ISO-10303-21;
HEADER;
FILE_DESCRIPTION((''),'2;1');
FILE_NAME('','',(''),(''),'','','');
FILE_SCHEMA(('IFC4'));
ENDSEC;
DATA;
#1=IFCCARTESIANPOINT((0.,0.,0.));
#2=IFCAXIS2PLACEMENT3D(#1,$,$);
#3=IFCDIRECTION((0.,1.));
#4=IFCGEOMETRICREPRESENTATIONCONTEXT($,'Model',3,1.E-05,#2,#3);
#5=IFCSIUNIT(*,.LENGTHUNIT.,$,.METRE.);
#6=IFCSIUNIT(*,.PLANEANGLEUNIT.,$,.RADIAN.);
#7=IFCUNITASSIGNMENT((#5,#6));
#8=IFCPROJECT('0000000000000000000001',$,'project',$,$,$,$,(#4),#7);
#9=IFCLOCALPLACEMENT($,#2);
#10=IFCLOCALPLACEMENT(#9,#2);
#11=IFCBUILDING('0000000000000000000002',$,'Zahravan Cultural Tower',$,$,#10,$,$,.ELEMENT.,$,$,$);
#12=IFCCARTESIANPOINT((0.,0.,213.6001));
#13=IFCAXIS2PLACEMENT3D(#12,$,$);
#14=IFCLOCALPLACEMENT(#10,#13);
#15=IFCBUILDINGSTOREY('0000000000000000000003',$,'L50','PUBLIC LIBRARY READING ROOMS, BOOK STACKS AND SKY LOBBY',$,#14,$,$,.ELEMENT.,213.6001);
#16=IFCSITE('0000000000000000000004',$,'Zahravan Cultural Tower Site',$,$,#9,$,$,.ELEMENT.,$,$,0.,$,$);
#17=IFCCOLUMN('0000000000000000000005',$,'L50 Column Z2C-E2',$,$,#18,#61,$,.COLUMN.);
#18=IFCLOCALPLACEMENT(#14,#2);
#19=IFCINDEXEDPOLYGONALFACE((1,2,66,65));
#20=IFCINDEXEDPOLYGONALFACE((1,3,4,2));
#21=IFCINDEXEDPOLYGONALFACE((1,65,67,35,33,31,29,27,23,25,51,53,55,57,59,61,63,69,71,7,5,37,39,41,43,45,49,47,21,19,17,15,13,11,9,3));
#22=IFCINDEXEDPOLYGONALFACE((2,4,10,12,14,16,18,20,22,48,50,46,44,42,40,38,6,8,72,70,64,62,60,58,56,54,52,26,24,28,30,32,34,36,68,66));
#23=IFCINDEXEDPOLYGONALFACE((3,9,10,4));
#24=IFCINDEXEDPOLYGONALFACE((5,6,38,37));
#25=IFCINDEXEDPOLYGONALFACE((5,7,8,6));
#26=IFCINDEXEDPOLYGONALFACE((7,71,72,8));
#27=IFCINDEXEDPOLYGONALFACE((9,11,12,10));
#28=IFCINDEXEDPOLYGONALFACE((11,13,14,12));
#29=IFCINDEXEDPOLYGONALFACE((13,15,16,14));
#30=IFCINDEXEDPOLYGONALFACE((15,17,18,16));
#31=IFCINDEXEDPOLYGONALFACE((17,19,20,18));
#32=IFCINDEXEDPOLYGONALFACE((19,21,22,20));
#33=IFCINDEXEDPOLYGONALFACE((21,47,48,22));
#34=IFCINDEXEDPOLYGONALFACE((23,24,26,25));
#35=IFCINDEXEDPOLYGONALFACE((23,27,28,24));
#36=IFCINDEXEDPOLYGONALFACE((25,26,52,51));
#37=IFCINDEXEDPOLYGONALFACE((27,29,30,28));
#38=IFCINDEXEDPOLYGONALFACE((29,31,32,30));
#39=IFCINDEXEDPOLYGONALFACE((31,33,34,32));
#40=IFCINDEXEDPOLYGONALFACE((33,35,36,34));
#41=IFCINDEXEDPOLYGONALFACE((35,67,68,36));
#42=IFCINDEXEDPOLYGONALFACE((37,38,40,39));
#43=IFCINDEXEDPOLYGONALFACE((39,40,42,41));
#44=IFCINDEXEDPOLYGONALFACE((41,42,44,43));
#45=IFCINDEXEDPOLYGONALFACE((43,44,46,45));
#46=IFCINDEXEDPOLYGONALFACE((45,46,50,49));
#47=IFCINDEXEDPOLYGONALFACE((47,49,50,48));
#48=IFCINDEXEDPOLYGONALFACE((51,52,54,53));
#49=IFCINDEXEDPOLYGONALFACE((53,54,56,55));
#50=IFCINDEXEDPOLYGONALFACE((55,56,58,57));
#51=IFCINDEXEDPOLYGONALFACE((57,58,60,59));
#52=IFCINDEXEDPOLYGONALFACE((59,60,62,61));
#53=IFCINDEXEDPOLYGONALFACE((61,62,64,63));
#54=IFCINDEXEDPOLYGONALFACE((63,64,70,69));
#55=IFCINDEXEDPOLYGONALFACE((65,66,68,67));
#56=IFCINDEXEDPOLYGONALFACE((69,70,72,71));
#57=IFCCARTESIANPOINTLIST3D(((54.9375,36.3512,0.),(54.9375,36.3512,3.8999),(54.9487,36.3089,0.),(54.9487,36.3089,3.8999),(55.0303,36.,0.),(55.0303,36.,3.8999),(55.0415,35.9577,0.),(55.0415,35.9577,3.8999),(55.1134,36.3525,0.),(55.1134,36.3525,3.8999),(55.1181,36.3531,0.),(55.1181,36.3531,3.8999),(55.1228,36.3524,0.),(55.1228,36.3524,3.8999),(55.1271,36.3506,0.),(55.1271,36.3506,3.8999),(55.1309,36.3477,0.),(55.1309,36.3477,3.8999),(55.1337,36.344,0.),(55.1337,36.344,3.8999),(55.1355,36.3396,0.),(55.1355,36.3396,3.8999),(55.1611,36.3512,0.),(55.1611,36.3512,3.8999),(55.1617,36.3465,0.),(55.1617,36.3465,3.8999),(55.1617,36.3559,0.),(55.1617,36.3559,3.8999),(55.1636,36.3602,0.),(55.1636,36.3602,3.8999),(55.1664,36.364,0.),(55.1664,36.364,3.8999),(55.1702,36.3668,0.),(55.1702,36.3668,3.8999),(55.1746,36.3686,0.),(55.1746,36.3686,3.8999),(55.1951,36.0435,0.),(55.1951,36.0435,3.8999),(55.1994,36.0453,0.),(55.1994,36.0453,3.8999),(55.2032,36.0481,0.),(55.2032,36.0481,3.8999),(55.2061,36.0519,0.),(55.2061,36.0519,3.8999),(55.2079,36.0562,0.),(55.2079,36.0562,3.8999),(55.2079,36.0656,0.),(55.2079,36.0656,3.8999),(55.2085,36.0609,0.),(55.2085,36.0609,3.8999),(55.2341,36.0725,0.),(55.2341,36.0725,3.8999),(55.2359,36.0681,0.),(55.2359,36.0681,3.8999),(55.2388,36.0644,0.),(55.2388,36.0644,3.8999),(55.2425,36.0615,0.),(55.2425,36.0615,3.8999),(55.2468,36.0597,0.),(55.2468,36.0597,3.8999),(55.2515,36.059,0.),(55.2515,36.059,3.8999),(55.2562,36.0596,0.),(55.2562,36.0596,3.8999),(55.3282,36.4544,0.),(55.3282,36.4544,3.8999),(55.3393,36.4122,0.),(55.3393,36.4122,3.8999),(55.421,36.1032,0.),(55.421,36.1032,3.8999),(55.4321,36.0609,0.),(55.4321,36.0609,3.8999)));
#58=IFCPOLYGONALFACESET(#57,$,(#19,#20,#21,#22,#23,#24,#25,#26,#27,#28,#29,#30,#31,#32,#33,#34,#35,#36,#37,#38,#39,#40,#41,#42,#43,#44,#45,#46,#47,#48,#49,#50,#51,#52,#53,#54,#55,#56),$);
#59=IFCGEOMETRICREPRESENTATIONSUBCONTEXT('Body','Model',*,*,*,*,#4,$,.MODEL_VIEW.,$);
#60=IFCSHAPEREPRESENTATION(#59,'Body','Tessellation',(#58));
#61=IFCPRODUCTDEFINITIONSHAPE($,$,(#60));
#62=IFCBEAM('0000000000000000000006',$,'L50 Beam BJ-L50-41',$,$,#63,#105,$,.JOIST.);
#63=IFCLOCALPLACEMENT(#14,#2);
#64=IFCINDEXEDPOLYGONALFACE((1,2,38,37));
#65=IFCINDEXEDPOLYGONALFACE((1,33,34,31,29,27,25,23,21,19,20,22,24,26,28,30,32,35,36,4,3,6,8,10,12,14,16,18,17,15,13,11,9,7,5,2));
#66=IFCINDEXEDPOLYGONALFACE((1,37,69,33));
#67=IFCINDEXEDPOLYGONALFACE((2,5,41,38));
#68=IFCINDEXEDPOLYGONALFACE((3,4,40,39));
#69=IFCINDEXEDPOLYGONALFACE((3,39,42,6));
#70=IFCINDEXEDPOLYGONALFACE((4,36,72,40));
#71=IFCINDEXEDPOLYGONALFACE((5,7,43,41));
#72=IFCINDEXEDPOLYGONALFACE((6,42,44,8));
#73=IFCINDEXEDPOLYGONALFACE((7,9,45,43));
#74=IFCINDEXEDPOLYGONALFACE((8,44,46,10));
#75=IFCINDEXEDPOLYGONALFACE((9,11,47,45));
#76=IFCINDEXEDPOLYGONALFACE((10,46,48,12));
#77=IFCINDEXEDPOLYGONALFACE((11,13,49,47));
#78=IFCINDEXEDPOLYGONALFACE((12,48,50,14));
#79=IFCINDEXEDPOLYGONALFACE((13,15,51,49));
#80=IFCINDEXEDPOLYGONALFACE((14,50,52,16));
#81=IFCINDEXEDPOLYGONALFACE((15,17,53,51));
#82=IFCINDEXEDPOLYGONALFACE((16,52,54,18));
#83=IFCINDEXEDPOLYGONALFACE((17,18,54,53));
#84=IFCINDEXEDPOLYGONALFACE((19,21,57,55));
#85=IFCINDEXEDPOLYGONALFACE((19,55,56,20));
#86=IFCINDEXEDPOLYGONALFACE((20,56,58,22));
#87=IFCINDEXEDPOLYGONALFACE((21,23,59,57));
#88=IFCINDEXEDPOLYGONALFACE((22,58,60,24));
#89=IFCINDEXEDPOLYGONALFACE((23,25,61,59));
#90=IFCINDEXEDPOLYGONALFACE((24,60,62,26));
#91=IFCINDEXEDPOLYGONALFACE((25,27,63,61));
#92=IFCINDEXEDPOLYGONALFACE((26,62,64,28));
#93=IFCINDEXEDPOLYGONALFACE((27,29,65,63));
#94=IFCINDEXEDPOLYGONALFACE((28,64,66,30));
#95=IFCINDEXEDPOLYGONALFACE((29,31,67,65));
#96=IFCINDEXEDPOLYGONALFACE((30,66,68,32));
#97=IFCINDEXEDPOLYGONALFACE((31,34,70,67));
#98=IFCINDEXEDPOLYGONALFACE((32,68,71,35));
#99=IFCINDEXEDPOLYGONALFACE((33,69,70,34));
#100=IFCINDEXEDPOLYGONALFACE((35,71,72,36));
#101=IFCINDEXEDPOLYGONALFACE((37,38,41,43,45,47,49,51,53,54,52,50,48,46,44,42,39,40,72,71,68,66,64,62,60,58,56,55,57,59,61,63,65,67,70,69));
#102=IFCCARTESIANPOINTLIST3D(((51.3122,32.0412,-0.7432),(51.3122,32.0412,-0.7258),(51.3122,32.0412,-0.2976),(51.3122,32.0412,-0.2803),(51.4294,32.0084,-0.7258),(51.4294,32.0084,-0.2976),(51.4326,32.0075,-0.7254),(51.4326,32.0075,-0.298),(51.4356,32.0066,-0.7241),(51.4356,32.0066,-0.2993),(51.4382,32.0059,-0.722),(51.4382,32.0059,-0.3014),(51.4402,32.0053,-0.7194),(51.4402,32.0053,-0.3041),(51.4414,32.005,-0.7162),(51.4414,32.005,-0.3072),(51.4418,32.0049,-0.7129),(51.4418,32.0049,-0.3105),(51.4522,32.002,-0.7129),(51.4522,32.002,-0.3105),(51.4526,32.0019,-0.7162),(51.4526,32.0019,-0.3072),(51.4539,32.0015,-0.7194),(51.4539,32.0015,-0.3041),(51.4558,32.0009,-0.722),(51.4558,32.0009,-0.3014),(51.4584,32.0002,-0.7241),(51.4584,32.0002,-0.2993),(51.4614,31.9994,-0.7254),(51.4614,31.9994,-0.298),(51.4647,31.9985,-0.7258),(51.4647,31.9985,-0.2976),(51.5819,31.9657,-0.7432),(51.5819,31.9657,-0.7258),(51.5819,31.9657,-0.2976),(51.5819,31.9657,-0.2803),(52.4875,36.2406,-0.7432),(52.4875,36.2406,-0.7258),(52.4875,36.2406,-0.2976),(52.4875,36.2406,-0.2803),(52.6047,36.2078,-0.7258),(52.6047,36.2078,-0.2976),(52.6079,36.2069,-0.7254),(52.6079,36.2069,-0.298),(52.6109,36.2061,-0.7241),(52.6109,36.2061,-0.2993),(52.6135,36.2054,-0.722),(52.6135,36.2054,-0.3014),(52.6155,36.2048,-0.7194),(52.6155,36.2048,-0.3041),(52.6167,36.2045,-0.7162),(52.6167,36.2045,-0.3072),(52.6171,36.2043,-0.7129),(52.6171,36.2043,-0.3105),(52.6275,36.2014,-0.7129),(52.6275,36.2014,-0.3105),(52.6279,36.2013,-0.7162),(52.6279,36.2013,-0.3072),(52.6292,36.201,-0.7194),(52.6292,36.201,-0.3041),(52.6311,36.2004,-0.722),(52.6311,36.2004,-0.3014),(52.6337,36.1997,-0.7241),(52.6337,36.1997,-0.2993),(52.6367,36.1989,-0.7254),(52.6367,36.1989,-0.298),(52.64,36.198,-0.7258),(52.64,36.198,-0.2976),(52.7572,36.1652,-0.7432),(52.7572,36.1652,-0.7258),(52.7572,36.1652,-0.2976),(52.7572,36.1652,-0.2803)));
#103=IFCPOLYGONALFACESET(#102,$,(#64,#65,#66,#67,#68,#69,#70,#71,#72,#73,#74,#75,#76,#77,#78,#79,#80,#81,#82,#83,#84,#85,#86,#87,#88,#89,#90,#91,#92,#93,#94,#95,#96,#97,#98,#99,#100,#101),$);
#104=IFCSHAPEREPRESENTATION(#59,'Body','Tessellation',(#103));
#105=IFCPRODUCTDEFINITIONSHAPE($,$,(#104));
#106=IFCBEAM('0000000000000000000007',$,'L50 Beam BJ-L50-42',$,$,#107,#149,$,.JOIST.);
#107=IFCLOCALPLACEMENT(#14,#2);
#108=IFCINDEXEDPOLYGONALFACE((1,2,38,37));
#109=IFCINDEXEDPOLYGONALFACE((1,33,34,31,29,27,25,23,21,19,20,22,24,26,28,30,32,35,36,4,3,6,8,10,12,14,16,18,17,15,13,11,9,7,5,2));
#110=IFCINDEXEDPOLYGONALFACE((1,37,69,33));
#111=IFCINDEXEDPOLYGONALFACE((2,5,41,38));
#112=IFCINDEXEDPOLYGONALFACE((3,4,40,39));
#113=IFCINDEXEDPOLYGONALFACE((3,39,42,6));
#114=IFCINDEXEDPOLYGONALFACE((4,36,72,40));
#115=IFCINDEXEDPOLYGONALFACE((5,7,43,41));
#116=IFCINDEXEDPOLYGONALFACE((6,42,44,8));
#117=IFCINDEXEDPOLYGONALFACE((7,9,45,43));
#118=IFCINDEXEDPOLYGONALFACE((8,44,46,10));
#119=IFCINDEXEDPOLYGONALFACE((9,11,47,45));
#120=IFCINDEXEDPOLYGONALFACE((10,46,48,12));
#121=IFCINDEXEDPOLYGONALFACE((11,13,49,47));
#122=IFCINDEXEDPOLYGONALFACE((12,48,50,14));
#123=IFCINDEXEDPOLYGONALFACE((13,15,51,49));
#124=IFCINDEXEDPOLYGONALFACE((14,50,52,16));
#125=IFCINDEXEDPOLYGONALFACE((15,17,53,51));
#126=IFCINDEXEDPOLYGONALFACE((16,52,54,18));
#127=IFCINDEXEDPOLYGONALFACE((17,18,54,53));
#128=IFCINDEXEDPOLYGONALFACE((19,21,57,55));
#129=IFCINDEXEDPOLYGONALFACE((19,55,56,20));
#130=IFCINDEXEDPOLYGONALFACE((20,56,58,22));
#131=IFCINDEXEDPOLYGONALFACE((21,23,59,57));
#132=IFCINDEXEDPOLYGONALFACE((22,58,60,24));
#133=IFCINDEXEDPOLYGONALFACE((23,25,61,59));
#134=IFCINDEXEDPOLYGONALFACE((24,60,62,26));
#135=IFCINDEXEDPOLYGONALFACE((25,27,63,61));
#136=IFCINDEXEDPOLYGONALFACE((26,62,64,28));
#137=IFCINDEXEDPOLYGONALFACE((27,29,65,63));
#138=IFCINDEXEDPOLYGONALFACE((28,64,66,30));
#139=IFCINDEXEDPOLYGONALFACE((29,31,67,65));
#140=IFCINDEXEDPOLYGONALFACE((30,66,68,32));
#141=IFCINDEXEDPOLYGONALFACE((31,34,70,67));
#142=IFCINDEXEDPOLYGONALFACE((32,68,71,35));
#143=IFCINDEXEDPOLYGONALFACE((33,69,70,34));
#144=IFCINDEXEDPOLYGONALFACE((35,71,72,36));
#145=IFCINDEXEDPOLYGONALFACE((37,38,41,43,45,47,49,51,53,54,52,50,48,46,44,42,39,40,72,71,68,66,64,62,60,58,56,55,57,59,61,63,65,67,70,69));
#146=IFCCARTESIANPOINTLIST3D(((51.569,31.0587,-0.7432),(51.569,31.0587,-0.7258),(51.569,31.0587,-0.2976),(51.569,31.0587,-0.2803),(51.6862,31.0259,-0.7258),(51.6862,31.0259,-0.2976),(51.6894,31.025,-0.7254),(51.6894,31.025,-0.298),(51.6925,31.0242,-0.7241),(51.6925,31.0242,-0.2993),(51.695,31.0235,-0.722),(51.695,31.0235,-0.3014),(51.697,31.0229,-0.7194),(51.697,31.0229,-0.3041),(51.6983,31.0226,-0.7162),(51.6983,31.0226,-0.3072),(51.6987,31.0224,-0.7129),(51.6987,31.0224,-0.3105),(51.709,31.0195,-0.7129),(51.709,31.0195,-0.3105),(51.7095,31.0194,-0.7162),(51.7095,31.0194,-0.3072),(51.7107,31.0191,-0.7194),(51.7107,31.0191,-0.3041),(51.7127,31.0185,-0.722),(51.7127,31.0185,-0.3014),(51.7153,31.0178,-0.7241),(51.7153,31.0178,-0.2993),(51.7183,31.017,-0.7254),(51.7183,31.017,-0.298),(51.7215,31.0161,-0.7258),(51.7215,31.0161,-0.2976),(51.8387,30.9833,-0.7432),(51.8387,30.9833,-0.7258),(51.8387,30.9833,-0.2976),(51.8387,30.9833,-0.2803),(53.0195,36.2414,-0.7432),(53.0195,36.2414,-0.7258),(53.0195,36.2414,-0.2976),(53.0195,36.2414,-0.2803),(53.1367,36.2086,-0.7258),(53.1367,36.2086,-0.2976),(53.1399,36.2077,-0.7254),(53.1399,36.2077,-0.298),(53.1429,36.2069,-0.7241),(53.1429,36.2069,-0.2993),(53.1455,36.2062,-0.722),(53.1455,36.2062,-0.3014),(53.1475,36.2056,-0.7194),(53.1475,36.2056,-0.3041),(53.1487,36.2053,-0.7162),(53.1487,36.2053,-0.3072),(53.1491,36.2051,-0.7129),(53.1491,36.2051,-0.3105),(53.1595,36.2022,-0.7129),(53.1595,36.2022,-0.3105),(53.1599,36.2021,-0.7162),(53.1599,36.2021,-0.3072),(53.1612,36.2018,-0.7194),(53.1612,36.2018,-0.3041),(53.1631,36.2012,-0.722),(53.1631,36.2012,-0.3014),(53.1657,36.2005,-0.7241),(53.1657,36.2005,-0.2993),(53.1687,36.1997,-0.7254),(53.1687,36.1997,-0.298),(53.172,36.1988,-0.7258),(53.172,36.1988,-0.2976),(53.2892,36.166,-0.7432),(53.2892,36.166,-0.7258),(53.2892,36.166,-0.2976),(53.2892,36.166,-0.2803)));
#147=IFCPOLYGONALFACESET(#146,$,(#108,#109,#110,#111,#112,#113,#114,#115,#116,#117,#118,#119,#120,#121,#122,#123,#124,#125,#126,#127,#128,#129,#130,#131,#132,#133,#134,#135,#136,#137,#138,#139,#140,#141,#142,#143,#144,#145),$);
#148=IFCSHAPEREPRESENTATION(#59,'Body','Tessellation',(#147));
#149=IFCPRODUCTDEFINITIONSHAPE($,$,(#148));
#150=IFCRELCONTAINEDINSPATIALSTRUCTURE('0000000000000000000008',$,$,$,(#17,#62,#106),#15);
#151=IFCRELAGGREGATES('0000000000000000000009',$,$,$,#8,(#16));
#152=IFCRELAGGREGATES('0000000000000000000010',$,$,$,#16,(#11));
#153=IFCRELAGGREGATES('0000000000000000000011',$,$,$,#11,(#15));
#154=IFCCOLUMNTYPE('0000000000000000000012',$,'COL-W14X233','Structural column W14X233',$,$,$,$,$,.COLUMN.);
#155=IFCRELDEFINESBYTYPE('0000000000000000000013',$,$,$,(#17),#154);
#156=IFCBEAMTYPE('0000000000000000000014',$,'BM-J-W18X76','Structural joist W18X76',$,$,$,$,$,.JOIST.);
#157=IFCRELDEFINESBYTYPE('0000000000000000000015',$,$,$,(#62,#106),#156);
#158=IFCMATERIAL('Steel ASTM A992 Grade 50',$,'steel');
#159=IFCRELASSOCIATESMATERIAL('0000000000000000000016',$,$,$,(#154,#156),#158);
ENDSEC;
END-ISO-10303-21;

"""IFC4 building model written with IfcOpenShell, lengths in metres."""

from ifc_helpers import new_model, si_unit, direction, frame, origin, origin_2d, place, context, subcontext, project, spatial, i_section, extrude, source, transform, mapped, material, material_profile, profile_set, type_object, element, save


model = new_model("IFC4")

# Units and contexts
model_context = context("Model", 3, precision=1e-05, world=origin(), true_north=direction((0.0, 1.0)))
body_context = subcontext(model_context, "Body", "Model", "MODEL_VIEW")
ifc_project = project(units=[si_unit("LENGTHUNIT", "METRE"), si_unit("PLANEANGLEUNIT", "RADIAN")], contexts=[model_context])

# Site, building, storey
site_placement = place(None, origin())
site = spatial("IfcSite", under=ifc_project, at=site_placement, Name="Zahravan Cultural Tower Site", CompositionType="ELEMENT", RefElevation=0.0)
building_placement = place(site_placement, origin())
building = spatial("IfcBuilding", under=site, at=building_placement, Name="Zahravan Cultural Tower", CompositionType="ELEMENT")
storey_placement = place(building_placement, frame((0.0, 0.0, 213.6001)))
storey = spatial("IfcBuildingStorey", under=building, at=storey_placement, Name="L50", Description="PUBLIC LIBRARY READING ROOMS, BOOK STACKS AND SKY LOBBY", CompositionType="ELEMENT", Elevation=213.6001)

# Column
ifc_material_1 = material(Name="Steel ASTM A992 Grade 50", Category="steel")
ifc_material_profile_1 = material_profile(ifc_material_1, i_section(OverallWidth=0.4041, OverallDepth=0.407, WebThickness=0.0271, FlangeThickness=0.0437, FilletRadius=0.0181, at=origin_2d()), Name="W14X233")
ifc_profile_set_1 = profile_set([ifc_material_profile_1], Name="Steel ASTM A992 Grade 50")
column_type = type_object("IfcColumnType", Name="COL-W14X233", Description="Structural column W14X233", PredefinedType="COLUMN", material=ifc_profile_set_1)
shared_shape_1 = source(origin(), body_context, "Body", "SweptSolid", [
    extrude(i_section(OverallWidth=0.4041, OverallDepth=0.407, WebThickness=0.0271, FlangeThickness=0.0437, FilletRadius=0.0181, at=origin_2d()), origin(), (0.0, 0.0, 1.0), 3.8999),
])
column_placement = place(storey_placement, frame((55.1848, 36.2061, 0.0), z_axis=(0.0, 0.0, 1.0), x_axis=(0.966823, 0.255446, 0.0)))
element("IfcColumn", 1, at=column_placement, inside=storey, type_object=column_type, Name="L50 Column Z2C-E2", PredefinedType="COLUMN", context=body_context, shape_type="MappedRepresentation", body=[
    mapped(shared_shape_1, transform((0.0, 0.0, 0.0), x_axis=(1.0, 0.0, 0.0), y_axis=(0.0, 1.0, 0.0), z_axis=(0.0, 0.0, 1.0), scale=1.0)),
])

# Beams
ifc_material_profile_2 = material_profile(ifc_material_1, i_section(OverallWidth=0.28, OverallDepth=0.4629, WebThickness=0.0107, FlangeThickness=0.0173, FilletRadius=0.0129, at=origin_2d()), Name="W18X76")
ifc_profile_set_2 = profile_set([ifc_material_profile_2], Name="Steel ASTM A992 Grade 50")
beam_type = type_object("IfcBeamType", Name="BM-J-W18X76", Description="Structural joist W18X76", PredefinedType="JOIST", material=ifc_profile_set_2)
shared_shape_2 = source(origin(), body_context, "Body", "SweptSolid", [
    extrude(i_section(OverallWidth=0.28, OverallDepth=0.4629, WebThickness=0.0107, FlangeThickness=0.0173, FilletRadius=0.0129, at=origin_2d()), origin(), (0.0, 0.0, 1.0), 4.3608),
])
beam_1_placement = place(storey_placement, frame((51.447, 32.0034, -0.5117), z_axis=(0.269512, 0.962997, 0.0), x_axis=(-0.962997, 0.269512, 0.0)))
element("IfcBeam", 2, at=beam_1_placement, inside=storey, type_object=beam_type, Name="L50 Beam BJ-L50-41", PredefinedType="JOIST", context=body_context, shape_type="MappedRepresentation", body=[
    mapped(shared_shape_2, transform((0.0, 0.0, 0.0), x_axis=(1.0, 0.0, 0.0), y_axis=(0.0, 1.0, 0.0), z_axis=(0.0, 0.0, 1.0), scale=1.0)),
])
shared_shape_3 = source(origin(), body_context, "Body", "SweptSolid", [
    extrude(i_section(OverallWidth=0.28, OverallDepth=0.4629, WebThickness=0.0107, FlangeThickness=0.0173, FilletRadius=0.0129, at=origin_2d()), origin(), (0.0, 0.0, 1.0), 5.3818),
])
beam_2_placement = place(storey_placement, frame((51.7039, 31.021, -0.5117), z_axis=(0.26951, 0.962997, 0.0), x_axis=(-0.962997, 0.26951, 0.0)))
element("IfcBeam", 3, at=beam_2_placement, inside=storey, type_object=beam_type, Name="L50 Beam BJ-L50-42", PredefinedType="JOIST", context=body_context, shape_type="MappedRepresentation", body=[
    mapped(shared_shape_3, transform((0.0, 0.0, 0.0), x_axis=(1.0, 0.0, 0.0), y_axis=(0.0, 1.0, 0.0), z_axis=(0.0, 0.0, 1.0), scale=1.0)),
])

save(model, "model.ifc")
